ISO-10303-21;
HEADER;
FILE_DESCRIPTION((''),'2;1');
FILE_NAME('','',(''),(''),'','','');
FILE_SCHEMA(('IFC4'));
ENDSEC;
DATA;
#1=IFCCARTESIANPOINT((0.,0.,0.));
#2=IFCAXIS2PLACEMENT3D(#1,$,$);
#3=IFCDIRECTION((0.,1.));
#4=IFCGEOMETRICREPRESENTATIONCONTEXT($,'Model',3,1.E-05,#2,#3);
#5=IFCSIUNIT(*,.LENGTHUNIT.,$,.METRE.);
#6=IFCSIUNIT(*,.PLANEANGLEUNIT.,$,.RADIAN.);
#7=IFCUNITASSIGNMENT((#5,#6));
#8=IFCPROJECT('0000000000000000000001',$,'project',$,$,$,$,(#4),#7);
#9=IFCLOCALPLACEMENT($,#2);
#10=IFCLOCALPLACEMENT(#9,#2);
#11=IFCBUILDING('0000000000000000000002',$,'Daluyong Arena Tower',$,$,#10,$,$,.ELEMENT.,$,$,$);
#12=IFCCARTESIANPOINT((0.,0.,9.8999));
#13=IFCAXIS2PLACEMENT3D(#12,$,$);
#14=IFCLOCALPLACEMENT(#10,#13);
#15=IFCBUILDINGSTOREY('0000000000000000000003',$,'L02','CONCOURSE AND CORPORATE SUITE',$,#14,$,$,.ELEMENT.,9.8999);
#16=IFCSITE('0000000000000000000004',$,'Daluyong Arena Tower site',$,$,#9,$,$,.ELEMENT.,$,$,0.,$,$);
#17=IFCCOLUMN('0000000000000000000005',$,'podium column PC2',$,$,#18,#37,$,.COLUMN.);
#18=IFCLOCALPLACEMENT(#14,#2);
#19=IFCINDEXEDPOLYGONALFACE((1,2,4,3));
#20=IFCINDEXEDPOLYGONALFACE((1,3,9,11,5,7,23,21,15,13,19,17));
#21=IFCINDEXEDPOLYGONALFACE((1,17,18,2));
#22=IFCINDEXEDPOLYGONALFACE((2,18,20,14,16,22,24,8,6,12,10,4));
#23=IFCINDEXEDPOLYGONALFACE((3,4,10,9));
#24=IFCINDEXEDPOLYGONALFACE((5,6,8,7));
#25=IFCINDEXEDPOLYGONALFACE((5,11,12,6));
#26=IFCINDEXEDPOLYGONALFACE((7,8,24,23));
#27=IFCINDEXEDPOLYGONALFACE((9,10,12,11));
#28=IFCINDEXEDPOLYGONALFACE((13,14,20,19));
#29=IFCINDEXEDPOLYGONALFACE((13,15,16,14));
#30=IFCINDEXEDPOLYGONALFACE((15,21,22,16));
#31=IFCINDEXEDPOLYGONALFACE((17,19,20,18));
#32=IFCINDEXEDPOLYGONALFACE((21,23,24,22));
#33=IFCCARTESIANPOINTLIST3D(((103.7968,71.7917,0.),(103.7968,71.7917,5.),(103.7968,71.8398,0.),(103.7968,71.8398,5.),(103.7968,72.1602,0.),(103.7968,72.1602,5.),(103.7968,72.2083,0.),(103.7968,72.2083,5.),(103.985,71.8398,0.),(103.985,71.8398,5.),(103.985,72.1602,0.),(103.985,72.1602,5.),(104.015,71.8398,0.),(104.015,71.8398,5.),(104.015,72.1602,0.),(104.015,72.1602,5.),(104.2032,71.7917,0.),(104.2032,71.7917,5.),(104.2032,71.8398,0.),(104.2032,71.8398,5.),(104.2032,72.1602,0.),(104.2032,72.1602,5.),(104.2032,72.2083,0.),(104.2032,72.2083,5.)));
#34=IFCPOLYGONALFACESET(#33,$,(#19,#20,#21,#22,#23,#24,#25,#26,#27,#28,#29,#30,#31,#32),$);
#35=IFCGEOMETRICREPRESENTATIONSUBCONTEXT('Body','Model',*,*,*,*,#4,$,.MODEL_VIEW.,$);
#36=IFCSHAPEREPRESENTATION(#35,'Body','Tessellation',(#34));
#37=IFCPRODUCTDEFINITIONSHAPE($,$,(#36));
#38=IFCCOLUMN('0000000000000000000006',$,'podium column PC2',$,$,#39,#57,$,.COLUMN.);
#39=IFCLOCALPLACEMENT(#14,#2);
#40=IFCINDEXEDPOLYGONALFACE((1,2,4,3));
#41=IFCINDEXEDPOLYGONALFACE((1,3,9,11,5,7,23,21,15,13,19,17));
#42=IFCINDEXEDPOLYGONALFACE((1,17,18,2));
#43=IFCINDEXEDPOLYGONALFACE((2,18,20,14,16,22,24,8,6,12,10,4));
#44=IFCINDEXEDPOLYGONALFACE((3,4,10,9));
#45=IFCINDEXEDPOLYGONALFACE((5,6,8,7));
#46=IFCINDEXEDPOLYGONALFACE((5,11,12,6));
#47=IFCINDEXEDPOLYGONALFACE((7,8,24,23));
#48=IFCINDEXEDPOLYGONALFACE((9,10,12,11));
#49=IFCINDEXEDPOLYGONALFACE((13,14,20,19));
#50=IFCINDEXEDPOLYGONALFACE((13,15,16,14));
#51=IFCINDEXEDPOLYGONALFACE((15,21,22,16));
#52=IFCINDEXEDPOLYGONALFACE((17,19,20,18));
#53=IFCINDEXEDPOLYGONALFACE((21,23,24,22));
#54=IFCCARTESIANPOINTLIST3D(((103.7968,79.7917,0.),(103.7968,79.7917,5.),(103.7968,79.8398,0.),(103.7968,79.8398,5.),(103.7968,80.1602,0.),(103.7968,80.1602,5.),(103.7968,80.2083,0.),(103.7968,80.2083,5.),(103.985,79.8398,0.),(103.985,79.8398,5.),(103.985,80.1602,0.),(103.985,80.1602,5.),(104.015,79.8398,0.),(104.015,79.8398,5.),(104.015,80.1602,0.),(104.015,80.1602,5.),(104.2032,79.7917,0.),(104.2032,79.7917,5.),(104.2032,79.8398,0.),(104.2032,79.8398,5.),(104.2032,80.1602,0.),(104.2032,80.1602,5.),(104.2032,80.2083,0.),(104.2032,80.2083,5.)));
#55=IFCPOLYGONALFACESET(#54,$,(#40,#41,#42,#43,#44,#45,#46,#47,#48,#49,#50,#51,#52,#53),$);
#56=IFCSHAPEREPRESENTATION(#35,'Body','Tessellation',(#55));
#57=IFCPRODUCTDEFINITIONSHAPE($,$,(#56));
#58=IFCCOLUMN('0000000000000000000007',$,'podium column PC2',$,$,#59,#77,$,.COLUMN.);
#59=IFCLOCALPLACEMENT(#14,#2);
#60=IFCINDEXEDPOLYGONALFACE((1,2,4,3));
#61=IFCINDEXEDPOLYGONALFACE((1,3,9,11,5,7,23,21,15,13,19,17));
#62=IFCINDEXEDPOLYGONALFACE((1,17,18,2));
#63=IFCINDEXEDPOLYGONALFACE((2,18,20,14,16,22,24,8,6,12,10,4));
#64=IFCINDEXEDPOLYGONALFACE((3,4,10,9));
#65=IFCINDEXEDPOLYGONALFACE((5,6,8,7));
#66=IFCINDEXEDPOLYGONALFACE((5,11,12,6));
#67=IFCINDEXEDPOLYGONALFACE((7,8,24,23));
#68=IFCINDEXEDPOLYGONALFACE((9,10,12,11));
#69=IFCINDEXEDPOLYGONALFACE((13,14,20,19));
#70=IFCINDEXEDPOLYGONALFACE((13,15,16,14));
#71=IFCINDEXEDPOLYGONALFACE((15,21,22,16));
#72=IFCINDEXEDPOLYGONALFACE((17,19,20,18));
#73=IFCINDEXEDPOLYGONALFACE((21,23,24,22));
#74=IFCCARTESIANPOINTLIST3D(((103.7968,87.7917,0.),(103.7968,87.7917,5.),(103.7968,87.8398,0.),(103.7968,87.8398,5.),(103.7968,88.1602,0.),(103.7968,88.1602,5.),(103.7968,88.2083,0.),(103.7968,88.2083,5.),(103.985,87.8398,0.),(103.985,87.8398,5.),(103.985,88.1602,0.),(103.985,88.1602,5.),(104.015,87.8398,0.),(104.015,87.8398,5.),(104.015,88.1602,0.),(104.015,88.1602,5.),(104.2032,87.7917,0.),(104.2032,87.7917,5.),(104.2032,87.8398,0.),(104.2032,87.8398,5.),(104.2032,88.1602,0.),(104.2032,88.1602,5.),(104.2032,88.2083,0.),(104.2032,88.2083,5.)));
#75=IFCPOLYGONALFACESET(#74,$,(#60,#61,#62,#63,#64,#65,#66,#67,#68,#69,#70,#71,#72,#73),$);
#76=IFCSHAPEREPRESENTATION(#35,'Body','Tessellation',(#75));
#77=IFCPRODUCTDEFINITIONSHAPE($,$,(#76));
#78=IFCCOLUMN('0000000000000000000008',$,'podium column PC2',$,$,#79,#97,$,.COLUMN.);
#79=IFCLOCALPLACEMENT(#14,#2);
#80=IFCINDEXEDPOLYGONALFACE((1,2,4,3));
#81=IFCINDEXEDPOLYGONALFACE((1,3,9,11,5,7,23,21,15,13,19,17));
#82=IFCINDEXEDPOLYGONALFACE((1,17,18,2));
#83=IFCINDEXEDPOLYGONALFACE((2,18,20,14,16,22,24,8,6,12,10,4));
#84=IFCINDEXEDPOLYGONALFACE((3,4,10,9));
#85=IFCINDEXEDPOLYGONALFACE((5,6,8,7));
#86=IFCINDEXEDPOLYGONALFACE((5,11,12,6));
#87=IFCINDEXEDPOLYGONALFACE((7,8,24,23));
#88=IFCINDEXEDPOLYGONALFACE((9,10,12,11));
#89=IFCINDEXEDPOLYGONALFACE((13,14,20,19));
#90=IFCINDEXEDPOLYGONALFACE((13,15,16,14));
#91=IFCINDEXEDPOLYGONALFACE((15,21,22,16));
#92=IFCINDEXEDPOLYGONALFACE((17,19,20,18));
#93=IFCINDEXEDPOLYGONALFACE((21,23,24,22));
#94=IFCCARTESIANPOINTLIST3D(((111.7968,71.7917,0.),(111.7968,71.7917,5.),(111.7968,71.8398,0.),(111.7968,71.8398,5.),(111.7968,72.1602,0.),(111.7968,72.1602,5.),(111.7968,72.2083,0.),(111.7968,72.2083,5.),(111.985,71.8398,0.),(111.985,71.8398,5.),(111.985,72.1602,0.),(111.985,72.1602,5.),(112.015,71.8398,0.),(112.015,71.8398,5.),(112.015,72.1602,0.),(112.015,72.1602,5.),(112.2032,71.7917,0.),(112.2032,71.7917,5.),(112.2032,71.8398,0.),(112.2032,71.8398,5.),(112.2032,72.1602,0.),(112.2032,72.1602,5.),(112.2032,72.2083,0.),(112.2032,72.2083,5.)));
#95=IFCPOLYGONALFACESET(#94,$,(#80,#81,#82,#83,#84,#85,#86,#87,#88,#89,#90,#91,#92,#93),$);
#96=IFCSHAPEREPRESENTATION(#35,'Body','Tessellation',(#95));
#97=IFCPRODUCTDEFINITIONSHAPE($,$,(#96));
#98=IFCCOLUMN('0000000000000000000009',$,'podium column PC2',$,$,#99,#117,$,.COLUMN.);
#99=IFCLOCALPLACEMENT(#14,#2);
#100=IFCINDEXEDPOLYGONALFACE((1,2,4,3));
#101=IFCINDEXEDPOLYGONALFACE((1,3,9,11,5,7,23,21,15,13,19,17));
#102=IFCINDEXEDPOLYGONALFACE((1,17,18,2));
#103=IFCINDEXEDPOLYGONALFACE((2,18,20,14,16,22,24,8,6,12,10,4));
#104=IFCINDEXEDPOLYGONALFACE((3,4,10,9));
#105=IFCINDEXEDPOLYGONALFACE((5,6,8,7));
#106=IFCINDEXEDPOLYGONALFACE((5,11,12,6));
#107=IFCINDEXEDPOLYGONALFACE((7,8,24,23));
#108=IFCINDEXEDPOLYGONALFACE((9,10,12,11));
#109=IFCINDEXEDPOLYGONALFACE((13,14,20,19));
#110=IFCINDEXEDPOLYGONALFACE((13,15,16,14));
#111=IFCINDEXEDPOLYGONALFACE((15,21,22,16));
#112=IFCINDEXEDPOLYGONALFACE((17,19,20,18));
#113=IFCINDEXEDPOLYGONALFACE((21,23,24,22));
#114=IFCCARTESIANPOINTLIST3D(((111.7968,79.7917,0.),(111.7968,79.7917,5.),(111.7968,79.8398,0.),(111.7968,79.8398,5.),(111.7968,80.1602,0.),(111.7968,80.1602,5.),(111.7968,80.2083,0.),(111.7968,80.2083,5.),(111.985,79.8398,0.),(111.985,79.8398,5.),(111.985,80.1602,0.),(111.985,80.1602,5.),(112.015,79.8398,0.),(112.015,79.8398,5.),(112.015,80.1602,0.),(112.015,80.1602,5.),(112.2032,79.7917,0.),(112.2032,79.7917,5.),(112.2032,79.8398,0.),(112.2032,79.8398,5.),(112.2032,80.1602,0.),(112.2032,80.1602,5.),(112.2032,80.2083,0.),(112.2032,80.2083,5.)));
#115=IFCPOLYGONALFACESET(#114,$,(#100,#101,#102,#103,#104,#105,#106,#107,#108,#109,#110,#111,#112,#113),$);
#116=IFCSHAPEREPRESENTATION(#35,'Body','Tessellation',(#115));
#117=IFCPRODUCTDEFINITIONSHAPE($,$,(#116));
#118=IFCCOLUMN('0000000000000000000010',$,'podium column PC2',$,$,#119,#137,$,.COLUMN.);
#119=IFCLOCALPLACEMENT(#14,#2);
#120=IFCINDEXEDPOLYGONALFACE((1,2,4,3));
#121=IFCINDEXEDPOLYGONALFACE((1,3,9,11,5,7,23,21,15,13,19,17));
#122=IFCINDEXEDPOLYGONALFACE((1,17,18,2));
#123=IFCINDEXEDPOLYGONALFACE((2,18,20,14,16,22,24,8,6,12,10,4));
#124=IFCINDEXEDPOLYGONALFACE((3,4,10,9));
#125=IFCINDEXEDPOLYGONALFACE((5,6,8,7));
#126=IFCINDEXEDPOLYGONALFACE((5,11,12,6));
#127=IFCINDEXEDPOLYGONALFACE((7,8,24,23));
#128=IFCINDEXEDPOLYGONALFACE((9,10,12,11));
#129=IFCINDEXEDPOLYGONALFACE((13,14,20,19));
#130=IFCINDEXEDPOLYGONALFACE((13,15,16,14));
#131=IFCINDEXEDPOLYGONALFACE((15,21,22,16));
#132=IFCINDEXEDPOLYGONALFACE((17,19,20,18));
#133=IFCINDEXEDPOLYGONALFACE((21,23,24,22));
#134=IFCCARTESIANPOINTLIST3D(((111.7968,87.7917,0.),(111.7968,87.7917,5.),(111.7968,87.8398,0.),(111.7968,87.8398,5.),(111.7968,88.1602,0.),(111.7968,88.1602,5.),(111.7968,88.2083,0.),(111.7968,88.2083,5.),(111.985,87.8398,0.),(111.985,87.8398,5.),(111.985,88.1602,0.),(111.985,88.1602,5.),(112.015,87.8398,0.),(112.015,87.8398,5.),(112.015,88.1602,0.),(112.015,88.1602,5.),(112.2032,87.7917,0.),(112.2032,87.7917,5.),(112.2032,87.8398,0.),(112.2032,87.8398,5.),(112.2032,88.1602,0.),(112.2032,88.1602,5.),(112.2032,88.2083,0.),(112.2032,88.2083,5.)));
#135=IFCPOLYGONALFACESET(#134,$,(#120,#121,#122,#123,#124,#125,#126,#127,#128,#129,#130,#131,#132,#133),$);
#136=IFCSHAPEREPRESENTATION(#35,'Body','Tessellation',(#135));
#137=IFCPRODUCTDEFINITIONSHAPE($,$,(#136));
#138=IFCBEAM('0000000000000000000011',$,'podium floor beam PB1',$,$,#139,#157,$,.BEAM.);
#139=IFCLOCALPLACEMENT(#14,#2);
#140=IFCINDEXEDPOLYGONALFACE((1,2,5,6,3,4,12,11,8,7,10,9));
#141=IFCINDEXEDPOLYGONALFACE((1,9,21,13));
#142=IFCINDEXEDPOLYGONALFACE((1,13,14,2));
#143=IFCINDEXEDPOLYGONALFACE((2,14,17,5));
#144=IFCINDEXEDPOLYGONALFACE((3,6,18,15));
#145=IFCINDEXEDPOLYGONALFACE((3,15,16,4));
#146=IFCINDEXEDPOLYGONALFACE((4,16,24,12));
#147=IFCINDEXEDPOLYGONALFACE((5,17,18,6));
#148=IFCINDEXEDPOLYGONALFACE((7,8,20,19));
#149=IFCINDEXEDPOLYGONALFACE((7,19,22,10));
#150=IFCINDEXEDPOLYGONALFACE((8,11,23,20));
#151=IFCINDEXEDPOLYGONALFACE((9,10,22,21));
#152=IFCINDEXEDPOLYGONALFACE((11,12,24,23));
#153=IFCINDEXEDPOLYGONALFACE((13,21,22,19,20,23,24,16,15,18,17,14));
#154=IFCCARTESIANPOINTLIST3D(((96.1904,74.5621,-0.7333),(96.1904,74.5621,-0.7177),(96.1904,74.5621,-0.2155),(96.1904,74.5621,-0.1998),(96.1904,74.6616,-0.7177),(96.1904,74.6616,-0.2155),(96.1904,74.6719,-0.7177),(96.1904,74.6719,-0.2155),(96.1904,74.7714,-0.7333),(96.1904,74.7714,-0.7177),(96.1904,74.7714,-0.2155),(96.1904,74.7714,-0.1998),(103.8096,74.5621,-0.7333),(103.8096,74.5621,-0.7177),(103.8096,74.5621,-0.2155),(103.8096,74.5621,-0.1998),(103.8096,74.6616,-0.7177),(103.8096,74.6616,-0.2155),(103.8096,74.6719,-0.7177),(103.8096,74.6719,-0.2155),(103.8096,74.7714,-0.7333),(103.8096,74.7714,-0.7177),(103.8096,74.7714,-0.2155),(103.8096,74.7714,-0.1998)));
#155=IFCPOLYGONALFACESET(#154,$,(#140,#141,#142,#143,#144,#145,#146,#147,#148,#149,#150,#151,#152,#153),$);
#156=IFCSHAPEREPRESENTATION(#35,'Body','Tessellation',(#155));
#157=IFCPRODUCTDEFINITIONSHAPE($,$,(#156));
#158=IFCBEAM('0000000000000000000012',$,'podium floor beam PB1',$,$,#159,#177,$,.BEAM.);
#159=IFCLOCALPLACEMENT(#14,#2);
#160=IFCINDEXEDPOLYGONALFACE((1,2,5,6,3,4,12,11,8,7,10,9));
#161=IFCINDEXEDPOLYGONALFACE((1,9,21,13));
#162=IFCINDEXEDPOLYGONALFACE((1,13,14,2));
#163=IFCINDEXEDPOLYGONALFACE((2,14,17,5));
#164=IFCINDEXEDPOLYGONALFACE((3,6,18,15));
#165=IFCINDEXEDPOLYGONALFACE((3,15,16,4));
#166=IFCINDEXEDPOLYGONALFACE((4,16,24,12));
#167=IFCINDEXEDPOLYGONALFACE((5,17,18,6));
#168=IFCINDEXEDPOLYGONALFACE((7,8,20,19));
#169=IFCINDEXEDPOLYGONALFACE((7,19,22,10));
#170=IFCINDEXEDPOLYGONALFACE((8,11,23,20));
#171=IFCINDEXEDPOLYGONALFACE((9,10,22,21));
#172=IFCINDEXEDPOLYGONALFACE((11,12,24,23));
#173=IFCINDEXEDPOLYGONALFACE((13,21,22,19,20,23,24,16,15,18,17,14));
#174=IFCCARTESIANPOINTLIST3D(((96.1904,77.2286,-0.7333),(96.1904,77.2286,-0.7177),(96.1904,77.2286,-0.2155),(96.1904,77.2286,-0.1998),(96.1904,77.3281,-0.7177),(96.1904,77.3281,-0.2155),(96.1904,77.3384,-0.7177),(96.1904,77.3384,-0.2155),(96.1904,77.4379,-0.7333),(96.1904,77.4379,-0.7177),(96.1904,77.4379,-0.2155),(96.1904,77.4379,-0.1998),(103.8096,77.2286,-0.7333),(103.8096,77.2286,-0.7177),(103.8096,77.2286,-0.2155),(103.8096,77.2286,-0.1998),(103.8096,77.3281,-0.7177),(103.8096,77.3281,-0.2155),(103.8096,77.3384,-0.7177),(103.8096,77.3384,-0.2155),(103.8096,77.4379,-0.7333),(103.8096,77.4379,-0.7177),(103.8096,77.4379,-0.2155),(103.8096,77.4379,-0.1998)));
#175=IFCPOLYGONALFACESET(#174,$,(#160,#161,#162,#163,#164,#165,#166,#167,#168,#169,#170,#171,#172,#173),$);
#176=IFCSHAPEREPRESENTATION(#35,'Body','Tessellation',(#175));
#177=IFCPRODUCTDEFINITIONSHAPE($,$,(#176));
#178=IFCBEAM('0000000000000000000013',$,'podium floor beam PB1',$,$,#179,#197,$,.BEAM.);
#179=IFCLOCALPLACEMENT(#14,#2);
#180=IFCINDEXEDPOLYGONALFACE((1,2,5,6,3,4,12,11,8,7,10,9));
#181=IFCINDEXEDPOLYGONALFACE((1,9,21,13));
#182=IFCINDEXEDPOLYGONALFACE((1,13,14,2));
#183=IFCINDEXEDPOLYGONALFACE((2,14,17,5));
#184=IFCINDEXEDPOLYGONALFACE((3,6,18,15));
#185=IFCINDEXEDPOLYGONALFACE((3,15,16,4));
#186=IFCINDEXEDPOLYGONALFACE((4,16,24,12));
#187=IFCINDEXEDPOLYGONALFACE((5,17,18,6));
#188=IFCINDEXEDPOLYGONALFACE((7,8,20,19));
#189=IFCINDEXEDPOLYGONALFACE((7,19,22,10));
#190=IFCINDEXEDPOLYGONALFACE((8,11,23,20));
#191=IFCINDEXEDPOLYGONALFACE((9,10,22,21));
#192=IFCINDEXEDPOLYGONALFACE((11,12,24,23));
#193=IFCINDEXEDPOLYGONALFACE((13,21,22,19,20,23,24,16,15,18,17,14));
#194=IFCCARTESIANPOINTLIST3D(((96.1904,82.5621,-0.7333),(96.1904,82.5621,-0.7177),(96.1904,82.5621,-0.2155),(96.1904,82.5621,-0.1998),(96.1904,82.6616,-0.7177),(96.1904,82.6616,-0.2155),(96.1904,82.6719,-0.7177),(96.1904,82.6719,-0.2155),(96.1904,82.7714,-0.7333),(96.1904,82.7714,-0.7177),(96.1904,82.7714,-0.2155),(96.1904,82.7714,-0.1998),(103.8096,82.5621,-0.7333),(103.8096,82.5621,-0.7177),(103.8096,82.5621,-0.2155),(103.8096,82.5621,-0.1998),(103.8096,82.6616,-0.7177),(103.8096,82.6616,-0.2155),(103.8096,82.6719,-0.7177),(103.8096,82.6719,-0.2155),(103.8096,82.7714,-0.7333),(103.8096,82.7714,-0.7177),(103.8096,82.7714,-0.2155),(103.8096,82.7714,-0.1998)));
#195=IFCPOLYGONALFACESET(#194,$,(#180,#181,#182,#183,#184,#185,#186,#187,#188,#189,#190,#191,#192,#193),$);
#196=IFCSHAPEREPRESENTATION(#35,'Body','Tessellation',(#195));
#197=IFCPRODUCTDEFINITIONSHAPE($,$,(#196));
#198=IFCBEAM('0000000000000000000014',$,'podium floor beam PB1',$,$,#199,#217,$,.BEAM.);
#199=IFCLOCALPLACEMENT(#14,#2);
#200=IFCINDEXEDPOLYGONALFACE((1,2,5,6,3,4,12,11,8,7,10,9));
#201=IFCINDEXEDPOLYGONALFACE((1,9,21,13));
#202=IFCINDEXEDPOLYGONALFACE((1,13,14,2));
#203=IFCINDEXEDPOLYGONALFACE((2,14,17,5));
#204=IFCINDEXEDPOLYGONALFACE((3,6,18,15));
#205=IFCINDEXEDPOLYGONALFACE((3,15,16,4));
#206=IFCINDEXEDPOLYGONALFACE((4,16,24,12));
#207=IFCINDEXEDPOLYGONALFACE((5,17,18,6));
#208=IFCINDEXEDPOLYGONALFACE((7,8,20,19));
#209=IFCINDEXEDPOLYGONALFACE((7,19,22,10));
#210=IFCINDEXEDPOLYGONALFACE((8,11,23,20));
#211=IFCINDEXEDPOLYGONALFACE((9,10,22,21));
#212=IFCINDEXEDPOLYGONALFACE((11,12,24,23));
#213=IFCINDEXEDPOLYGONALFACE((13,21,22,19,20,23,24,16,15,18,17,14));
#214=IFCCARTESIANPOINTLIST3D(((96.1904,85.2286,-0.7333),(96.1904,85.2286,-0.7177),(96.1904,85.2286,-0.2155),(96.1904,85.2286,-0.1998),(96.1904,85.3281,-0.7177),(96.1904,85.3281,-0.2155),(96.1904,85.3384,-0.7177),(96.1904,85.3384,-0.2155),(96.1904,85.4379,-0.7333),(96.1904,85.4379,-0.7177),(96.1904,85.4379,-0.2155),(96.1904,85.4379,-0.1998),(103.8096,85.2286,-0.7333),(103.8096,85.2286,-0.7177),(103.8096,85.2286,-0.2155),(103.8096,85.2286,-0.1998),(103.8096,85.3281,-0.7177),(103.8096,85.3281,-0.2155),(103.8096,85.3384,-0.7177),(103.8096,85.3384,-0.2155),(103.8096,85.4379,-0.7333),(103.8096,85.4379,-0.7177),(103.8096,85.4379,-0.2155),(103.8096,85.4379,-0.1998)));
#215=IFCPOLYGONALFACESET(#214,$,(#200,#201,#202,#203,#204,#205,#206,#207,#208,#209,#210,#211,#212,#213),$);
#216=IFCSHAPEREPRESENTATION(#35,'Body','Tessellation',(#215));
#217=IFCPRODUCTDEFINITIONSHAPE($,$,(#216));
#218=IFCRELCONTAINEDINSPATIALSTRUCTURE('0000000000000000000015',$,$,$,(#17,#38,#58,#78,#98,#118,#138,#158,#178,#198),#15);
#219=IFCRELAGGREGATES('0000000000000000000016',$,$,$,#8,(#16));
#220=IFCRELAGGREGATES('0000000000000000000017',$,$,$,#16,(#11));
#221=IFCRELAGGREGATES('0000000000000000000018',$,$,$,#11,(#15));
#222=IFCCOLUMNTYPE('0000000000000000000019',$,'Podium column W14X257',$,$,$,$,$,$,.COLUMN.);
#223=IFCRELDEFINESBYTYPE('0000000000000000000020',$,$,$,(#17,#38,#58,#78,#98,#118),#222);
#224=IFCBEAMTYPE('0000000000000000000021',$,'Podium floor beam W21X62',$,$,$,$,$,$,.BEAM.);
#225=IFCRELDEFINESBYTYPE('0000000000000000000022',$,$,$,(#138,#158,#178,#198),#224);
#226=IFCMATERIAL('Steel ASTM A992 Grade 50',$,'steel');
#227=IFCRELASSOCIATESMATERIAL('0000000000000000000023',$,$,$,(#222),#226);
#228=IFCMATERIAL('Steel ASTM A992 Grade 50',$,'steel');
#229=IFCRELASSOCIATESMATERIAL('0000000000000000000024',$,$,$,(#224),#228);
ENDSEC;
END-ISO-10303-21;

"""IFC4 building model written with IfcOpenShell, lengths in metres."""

from ifc_helpers import new_model, si_unit, direction, frame, origin, origin_2d, place, context, subcontext, project, spatial, i_section, extrude, material, material_profile, profile_set, type_object, element, save


model = new_model("IFC4")

# Units and contexts
model_context = context("Model", 3, precision=1e-05, world=origin(), true_north=direction((0.0, 1.0)))
body_context = subcontext(model_context, "Body", "Model", "MODEL_VIEW")
ifc_project = project(units=[si_unit("LENGTHUNIT", "METRE"), si_unit("PLANEANGLEUNIT", "RADIAN")], contexts=[model_context])

# Site, building, storey
site_placement = place(None, origin())
site = spatial("IfcSite", under=ifc_project, at=site_placement, Name="Daluyong Arena Tower site", CompositionType="ELEMENT", RefElevation=0.0)
building_placement = place(site_placement, origin())
building = spatial("IfcBuilding", under=site, at=building_placement, Name="Daluyong Arena Tower", CompositionType="ELEMENT")
storey_placement = place(building_placement, frame((0.0, 0.0, 9.8999)))
storey = spatial("IfcBuildingStorey", under=building, at=storey_placement, Name="L02", Description="CONCOURSE AND CORPORATE SUITE", CompositionType="ELEMENT", Elevation=9.8999)

# Columns
ifc_material_1 = material(Name="Steel ASTM A992 Grade 50", Category="steel")
ifc_material_profile_1 = material_profile(ifc_material_1, i_section(OverallWidth=0.4065, OverallDepth=0.4165, WebThickness=0.03, FlangeThickness=0.0481, at=origin_2d()))
ifc_profile_set_1 = profile_set([ifc_material_profile_1], Name="Steel ASTM A992 Grade 50")
column_type = type_object("IfcColumnType", Name="Podium column W14X257", PredefinedType="COLUMN", material=ifc_profile_set_1)
for number, where, z_axis, x_axis, name in (
    (1, (104.0, 72.0, 0.0), (0.0, 0.0, 1.0), (1.0, 0.0, 0.0), "podium column PC2"),
    (2, (104.0, 80.0, 0.0), (0.0, 0.0, 1.0), (1.0, 0.0, 0.0), "podium column PC2"),
    (3, (104.0, 88.0, 0.0), (0.0, 0.0, 1.0), (1.0, 0.0, 0.0), "podium column PC2"),
    (4, (112.0, 72.0, 0.0), (0.0, 0.0, 1.0), (1.0, 0.0, 0.0), "podium column PC2"),
    (5, (112.0, 80.0, 0.0), (0.0, 0.0, 1.0), (1.0, 0.0, 0.0), "podium column PC2"),
    (6, (112.0, 88.0, 0.0), (0.0, 0.0, 1.0), (1.0, 0.0, 0.0), "podium column PC2"),
):
    element("IfcColumn", number, at=place(storey_placement, frame(where, z_axis=z_axis, x_axis=x_axis)), inside=storey, type_object=column_type, Name=name, PredefinedType="COLUMN", context=body_context, shape_type="SweptSolid", body=[
        extrude(i_section(OverallWidth=0.4065, OverallDepth=0.4165, WebThickness=0.03, FlangeThickness=0.0481, at=origin_2d()), origin(), (0.0, 0.0, 1.0), 5.0),
    ])

# Beams
ifc_material_2 = material(Name="Steel ASTM A992 Grade 50", Category="steel")
ifc_material_profile_2 = material_profile(ifc_material_2, i_section(OverallWidth=0.2092, OverallDepth=0.5334, WebThickness=0.0103, FlangeThickness=0.0156, at=origin_2d()))
ifc_profile_set_2 = profile_set([ifc_material_profile_2], Name="Steel ASTM A992 Grade 50")
beam_type_1 = type_object("IfcBeamType", Name="Podium floor beam W21X62", PredefinedType="BEAM", material=ifc_profile_set_2)
for number, where, z_axis, x_axis, name in (
    (7, (96.1904, 74.6667, -0.4666), (1.0, 0.0, 0.0), (0.0, 1.0, 0.0), "podium floor beam PB1"),
    (8, (96.1904, 77.3333, -0.4666), (1.0, 0.0, 0.0), (0.0, 1.0, 0.0), "podium floor beam PB1"),
    (9, (96.1904, 82.6667, -0.4666), (1.0, 0.0, 0.0), (0.0, 1.0, 0.0), "podium floor beam PB1"),
    (10, (96.1904, 85.3333, -0.4666), (1.0, 0.0, 0.0), (0.0, 1.0, 0.0), "podium floor beam PB1"),
):
    element("IfcBeam", number, at=place(storey_placement, frame(where, z_axis=z_axis, x_axis=x_axis)), inside=storey, type_object=beam_type_1, Name=name, PredefinedType="BEAM", context=body_context, shape_type="SweptSolid", body=[
        extrude(i_section(OverallWidth=0.2092, OverallDepth=0.5334, WebThickness=0.0103, FlangeThickness=0.0156, at=origin_2d()), origin(), (0.0, 0.0, 1.0), 7.6191),
    ])

save(model, "model.ifc")
